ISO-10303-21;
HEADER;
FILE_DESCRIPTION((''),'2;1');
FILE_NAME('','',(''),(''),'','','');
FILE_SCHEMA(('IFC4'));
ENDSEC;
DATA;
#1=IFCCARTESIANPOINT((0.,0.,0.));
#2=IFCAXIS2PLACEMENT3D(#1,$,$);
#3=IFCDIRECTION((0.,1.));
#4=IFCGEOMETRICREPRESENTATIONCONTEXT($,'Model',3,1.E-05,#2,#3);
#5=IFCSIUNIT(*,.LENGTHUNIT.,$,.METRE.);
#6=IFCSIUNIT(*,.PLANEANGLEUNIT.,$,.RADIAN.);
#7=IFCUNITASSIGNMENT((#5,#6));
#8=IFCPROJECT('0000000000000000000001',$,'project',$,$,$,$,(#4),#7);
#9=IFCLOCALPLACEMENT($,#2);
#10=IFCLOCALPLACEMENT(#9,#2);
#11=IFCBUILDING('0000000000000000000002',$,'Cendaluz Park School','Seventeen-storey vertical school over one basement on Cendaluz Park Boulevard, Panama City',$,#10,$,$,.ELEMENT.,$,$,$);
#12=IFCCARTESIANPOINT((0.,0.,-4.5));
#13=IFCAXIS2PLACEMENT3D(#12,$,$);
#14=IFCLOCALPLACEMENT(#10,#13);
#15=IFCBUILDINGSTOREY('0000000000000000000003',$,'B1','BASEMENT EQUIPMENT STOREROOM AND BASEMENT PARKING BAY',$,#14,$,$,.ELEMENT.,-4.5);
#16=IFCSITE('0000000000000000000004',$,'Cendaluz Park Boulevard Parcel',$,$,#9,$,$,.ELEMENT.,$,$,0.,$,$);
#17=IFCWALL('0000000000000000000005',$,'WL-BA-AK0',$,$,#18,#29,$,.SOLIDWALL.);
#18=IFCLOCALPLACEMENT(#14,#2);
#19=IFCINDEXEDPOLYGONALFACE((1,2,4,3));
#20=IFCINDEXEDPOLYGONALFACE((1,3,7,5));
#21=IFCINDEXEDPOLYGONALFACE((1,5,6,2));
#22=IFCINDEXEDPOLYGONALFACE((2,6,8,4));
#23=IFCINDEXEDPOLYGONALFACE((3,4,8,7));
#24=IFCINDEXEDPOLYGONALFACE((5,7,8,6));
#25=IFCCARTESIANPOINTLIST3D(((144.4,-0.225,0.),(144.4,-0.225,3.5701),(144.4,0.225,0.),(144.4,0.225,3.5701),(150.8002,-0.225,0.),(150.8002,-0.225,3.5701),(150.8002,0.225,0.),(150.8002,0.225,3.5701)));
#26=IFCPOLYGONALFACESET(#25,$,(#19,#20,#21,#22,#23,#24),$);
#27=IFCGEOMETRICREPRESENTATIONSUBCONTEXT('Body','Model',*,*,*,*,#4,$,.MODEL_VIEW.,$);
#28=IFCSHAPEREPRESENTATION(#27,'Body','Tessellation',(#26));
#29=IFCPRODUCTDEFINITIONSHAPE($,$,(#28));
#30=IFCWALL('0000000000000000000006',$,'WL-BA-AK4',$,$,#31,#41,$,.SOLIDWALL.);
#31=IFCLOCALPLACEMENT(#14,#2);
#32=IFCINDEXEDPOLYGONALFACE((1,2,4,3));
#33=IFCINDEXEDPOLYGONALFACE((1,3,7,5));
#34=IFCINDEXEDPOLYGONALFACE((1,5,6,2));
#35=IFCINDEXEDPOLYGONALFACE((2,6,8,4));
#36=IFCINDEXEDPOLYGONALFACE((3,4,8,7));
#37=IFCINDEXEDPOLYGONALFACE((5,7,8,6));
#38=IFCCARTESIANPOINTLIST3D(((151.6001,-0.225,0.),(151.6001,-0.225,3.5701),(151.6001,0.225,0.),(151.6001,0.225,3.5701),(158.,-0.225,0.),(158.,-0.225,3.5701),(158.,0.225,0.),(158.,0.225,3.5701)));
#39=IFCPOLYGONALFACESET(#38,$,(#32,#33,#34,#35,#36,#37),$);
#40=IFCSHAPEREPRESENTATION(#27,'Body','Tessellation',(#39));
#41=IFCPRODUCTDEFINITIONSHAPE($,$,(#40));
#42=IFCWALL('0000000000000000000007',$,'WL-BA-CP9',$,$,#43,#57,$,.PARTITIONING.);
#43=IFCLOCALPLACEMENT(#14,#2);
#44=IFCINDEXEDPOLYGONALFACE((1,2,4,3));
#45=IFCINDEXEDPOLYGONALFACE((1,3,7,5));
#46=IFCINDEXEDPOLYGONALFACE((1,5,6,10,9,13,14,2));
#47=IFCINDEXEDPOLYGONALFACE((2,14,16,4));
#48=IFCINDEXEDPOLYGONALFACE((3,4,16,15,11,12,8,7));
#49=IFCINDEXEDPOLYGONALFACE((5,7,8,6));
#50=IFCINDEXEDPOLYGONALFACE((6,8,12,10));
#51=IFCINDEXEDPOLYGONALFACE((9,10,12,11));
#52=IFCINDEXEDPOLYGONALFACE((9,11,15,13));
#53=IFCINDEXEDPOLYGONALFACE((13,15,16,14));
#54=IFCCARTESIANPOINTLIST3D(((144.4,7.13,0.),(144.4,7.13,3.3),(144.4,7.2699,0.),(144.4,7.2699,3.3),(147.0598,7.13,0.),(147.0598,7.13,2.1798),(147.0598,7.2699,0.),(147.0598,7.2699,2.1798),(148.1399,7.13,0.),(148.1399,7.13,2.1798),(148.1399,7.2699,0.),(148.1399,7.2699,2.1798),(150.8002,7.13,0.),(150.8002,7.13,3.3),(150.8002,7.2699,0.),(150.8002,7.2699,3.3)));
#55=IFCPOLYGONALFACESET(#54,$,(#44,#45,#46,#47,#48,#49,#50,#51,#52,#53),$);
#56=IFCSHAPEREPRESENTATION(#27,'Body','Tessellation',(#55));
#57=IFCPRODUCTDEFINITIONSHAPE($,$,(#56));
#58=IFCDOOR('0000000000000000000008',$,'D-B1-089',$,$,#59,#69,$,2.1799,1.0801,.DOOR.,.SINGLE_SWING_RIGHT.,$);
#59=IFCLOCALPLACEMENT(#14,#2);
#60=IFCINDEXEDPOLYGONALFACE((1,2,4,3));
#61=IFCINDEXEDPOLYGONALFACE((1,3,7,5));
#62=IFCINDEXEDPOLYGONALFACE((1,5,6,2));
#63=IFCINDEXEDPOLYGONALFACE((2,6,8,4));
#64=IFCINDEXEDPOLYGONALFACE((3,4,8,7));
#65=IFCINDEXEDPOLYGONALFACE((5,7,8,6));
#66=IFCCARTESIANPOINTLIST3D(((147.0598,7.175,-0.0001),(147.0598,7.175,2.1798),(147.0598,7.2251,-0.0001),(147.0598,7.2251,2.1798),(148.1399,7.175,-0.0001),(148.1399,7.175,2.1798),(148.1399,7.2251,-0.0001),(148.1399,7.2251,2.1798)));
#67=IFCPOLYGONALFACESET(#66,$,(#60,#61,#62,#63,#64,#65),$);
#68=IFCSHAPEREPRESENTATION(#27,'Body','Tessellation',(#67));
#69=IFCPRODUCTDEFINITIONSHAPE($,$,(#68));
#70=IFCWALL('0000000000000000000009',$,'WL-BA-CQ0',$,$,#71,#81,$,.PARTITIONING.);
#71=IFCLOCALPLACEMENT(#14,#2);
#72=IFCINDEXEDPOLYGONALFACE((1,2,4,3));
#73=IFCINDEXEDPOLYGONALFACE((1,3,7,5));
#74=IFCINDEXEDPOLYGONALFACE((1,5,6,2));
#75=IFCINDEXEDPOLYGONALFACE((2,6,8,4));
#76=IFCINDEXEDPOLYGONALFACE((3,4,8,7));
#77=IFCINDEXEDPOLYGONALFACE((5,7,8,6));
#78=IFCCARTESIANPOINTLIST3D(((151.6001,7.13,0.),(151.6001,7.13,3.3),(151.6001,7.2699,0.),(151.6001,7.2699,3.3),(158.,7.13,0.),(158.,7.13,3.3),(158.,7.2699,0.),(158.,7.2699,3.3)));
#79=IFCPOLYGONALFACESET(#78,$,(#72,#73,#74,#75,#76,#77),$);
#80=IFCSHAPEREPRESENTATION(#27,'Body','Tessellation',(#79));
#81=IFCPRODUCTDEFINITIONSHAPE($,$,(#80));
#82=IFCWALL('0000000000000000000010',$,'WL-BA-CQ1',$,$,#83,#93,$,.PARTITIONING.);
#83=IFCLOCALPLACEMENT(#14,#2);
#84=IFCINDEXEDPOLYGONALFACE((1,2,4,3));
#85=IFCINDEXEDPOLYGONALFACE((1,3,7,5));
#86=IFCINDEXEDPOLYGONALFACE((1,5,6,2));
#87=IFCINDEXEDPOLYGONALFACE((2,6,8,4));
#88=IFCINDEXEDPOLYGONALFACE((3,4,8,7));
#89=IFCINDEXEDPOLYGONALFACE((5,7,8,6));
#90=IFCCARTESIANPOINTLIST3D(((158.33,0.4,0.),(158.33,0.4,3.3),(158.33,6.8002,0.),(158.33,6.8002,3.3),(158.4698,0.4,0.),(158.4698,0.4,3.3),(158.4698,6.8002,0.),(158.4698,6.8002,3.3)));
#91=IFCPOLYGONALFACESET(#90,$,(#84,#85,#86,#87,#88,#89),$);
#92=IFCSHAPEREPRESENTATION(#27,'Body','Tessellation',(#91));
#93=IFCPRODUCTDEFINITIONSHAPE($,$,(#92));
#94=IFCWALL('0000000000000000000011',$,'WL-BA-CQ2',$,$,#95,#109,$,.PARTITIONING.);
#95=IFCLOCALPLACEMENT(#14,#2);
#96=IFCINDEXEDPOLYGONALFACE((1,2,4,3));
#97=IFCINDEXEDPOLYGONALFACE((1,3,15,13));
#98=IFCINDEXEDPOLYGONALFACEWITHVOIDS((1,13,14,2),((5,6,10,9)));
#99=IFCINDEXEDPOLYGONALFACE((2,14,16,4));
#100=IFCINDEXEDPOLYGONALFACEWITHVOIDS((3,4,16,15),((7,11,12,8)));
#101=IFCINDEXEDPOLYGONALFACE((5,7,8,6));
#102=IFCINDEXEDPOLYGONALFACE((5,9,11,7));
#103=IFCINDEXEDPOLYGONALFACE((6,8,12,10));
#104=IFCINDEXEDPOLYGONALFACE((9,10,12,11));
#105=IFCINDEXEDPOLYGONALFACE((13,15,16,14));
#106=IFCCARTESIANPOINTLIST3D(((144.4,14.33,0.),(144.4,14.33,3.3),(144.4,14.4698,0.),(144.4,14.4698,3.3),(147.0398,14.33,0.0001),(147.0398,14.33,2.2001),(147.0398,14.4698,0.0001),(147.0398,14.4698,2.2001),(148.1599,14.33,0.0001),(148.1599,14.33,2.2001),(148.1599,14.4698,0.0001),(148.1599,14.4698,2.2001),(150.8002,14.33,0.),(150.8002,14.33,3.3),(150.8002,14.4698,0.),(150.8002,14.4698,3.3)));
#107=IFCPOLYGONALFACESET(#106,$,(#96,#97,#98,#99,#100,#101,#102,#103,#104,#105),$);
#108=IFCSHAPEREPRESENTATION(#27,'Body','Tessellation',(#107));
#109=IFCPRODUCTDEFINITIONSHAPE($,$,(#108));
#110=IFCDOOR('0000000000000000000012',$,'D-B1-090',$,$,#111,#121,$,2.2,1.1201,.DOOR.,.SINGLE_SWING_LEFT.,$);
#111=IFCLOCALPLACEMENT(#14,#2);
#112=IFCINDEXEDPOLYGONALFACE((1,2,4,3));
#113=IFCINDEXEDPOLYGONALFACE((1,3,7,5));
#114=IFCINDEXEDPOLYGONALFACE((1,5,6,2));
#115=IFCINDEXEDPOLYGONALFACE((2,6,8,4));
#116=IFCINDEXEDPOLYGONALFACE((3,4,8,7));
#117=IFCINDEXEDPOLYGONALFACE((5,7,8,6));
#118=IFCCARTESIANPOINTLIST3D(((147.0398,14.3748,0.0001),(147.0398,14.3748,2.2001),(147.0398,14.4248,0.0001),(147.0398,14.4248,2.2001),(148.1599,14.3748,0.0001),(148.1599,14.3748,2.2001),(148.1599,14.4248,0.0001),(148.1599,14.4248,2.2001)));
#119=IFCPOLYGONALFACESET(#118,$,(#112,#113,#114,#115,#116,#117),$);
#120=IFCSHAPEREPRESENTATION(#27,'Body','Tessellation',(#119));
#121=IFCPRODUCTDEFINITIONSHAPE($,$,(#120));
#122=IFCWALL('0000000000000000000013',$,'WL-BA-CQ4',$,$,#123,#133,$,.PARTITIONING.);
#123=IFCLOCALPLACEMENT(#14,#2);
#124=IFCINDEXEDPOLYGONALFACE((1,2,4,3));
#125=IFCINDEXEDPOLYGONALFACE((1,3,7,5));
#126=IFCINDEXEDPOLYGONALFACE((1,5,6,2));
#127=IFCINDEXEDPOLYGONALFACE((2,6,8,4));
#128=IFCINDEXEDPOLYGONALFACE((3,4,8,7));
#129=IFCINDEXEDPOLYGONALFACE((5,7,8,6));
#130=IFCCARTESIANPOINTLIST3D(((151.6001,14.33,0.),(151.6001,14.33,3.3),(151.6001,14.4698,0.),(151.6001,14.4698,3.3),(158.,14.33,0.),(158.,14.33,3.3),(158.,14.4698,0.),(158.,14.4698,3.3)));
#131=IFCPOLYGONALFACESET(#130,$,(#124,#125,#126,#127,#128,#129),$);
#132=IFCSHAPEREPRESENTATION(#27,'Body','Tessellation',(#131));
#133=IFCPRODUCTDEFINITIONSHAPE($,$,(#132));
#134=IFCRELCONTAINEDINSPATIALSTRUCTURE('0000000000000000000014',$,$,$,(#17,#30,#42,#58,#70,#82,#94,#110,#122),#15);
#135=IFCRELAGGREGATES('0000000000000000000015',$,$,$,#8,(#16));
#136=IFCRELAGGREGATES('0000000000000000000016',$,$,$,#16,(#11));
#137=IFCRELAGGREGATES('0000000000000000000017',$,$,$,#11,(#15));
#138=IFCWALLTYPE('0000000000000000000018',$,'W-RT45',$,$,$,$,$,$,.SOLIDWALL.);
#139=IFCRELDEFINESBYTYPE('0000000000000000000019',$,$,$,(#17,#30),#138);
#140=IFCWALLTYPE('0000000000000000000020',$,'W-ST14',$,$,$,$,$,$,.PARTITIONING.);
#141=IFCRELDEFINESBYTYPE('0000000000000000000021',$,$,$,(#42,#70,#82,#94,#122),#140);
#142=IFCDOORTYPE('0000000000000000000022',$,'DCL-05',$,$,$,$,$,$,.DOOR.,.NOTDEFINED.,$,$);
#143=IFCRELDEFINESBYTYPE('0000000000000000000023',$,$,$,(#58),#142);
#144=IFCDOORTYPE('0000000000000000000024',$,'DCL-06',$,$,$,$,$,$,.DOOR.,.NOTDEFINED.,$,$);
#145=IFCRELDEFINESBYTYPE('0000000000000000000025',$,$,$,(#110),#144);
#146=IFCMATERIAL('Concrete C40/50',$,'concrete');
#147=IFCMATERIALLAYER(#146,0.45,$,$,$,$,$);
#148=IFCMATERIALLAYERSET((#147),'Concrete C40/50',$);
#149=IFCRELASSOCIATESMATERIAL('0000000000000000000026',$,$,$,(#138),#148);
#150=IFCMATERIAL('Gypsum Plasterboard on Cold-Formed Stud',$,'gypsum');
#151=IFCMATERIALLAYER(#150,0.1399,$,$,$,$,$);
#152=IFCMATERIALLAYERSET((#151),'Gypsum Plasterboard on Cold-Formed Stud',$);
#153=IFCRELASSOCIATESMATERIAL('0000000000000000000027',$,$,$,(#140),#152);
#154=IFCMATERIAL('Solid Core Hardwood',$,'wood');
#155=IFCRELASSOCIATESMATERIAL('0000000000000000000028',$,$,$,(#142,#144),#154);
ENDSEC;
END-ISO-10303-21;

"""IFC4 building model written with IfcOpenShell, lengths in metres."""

from ifc_helpers import new_model, si_unit, direction, frame, frame_2d, origin, place, context, subcontext, project, spatial, rectangle, extrude, material, layer, layer_set, type_object, element, fill, save


model = new_model("IFC4")

# Units and contexts
model_context = context("Model", 3, precision=1e-05, world=origin(), true_north=direction((0.0, 1.0)))
body_context = subcontext(model_context, "Body", "Model", "MODEL_VIEW")
ifc_project = project(units=[si_unit("LENGTHUNIT", "METRE"), si_unit("PLANEANGLEUNIT", "RADIAN")], contexts=[model_context])

# Site, building, storey
site_placement = place(None, origin())
site = spatial("IfcSite", under=ifc_project, at=site_placement, Name="Cendaluz Park Boulevard Parcel", CompositionType="ELEMENT", RefElevation=0.0)
building_placement = place(site_placement, origin())
building = spatial("IfcBuilding", under=site, at=building_placement, Name="Cendaluz Park School", Description="Seventeen-storey vertical school over one basement on Cendaluz Park Boulevard, Panama City", CompositionType="ELEMENT")
storey_placement = place(building_placement, frame((0.0, 0.0, -4.5)))
storey = spatial("IfcBuildingStorey", under=building, at=storey_placement, Name="B1", Description="BASEMENT EQUIPMENT STOREROOM AND BASEMENT PARKING BAY", CompositionType="ELEMENT", Elevation=-4.5)

# Shared definitions
ifc_material_1 = material(Name="Concrete C40/50", Category="concrete")

# Walls
ifc_layer_1 = layer(ifc_material_1, 0.45)
ifc_layer_set_1 = layer_set([ifc_layer_1], Name="Concrete C40/50")
wall_type_1 = type_object("IfcWallType", Name="W-RT45", PredefinedType="SOLIDWALL", material=ifc_layer_set_1)
wall_1_placement = place(storey_placement, frame((144.3999, 0.0, 0.0), z_axis=(0.0, 0.0, 1.0), x_axis=(1.0, 0.0, 0.0)))
element("IfcWall", 1, at=wall_1_placement, inside=storey, type_object=wall_type_1, Name="WL-BA-AK0", PredefinedType="SOLIDWALL", context=body_context, shape_type="SweptSolid", body=[
    extrude(rectangle(XDim=6.4001, YDim=0.45, at=frame_2d((3.2002, 0.0))), origin(), (0.0, 0.0, 1.0), 3.5701),
])
wall_2_placement = place(storey_placement, frame((151.6001, 0.0, 0.0), z_axis=(0.0, 0.0, 1.0), x_axis=(1.0, 0.0, 0.0)))
element("IfcWall", 2, at=wall_2_placement, inside=storey, type_object=wall_type_1, Name="WL-BA-AK4", PredefinedType="SOLIDWALL", context=body_context, shape_type="SweptSolid", body=[
    extrude(rectangle(XDim=6.3999, YDim=0.45, at=frame_2d((3.2, 0.0))), origin(), (0.0, 0.0, 1.0), 3.5701),
])

# Wall, opening, door
ifc_material_2 = material(Name="Gypsum Plasterboard on Cold-Formed Stud", Category="gypsum")
ifc_layer_2 = layer(ifc_material_2, 0.1399)
ifc_layer_set_2 = layer_set([ifc_layer_2], Name="Gypsum Plasterboard on Cold-Formed Stud")
wall_type_2 = type_object("IfcWallType", Name="W-ST14", PredefinedType="PARTITIONING", material=ifc_layer_set_2)
wall_3_placement = place(storey_placement, frame((144.3999, 7.2, 0.0), z_axis=(0.0, 0.0, 1.0), x_axis=(1.0, 0.0, 0.0)))
wall_3 = element("IfcWall", 3, at=wall_3_placement, inside=storey, type_object=wall_type_2, Name="WL-BA-CP9", PredefinedType="PARTITIONING", context=body_context, shape_type="SweptSolid", body=[
    extrude(rectangle(XDim=6.4001, YDim=0.1399, at=frame_2d((3.2002, 0.0))), origin(), (0.0, 0.0, 1.0), 3.3),
])
opening_1_placement = place(wall_3_placement, frame((2.6599, 0.0, 0.0)))
opening_1 = element("IfcOpeningElement", 4, at=opening_1_placement, cuts=wall_3, PredefinedType="OPENING", context=body_context, shape_type="SweptSolid", body=[
    extrude(rectangle(XDim=1.0801, YDim=2.1799, at=frame_2d((0.54, 1.0898))), frame((0.0, 0.082, 0.0), z_axis=(0.0, -1.0, 0.0), x_axis=(1.0, 0.0, 0.0)), (0.0, 0.0, 1.0), 0.1638),
])
ifc_material_3 = material(Name="Solid Core Hardwood", Category="wood")
door_type_1 = type_object("IfcDoorType", Name="DCL-05", OperationType="NOTDEFINED", PredefinedType="DOOR", material=ifc_material_3)
door_1_placement = place(opening_1_placement, frame((1.0801, 0.0, 0.0), z_axis=(0.0, 0.0, 1.0), x_axis=(-1.0, 0.0, 0.0)))
door_1 = element("IfcDoor", 5, at=door_1_placement, inside=storey, type_object=door_type_1, Name="D-B1-089", OperationType="SINGLE_SWING_RIGHT", OverallHeight=2.1799, OverallWidth=1.0801, PredefinedType="DOOR", context=body_context, shape_type="SweptSolid", body=[
    extrude(rectangle(XDim=1.0801, YDim=2.1799, at=frame_2d((0.54, 1.0898))), frame((0.0, 0.0249, 0.0), z_axis=(0.0, -1.0, 0.0), x_axis=(1.0, 0.0, 0.0)), (0.0, 0.0, 1.0), 0.05),
])
fill(opening_1, door_1)

# Walls
wall_4_placement = place(storey_placement, frame((151.6001, 7.2, 0.0), z_axis=(0.0, 0.0, 1.0), x_axis=(1.0, 0.0, 0.0)))
element("IfcWall", 6, at=wall_4_placement, inside=storey, type_object=wall_type_2, Name="WL-BA-CQ0", PredefinedType="PARTITIONING", context=body_context, shape_type="SweptSolid", body=[
    extrude(rectangle(XDim=6.3999, YDim=0.1399, at=frame_2d((3.2, 0.0))), origin(), (0.0, 0.0, 1.0), 3.3),
])
wall_5_placement = place(storey_placement, frame((158.3999, 0.3999, 0.0), z_axis=(0.0, 0.0, 1.0), x_axis=(0.0, 1.0, 0.0)))
element("IfcWall", 7, at=wall_5_placement, inside=storey, type_object=wall_type_2, Name="WL-BA-CQ1", PredefinedType="PARTITIONING", context=body_context, shape_type="SweptSolid", body=[
    extrude(rectangle(XDim=6.4001, YDim=0.1399, at=frame_2d((3.2002, 0.0))), origin(), (0.0, 0.0, 1.0), 3.3),
])

# Wall, opening, door
wall_6_placement = place(storey_placement, frame((144.3999, 14.3999, 0.0), z_axis=(0.0, 0.0, 1.0), x_axis=(1.0, 0.0, 0.0)))
wall_6 = element("IfcWall", 8, at=wall_6_placement, inside=storey, type_object=wall_type_2, Name="WL-BA-CQ2", PredefinedType="PARTITIONING", context=body_context, shape_type="SweptSolid", body=[
    extrude(rectangle(XDim=6.4001, YDim=0.1399, at=frame_2d((3.2002, 0.0))), origin(), (0.0, 0.0, 1.0), 3.3),
])
opening_2_placement = place(wall_6_placement, frame((2.6399, 0.0, 0.0)))
opening_2 = element("IfcOpeningElement", 9, at=opening_2_placement, cuts=wall_6, PredefinedType="OPENING", context=body_context, shape_type="SweptSolid", body=[
    extrude(rectangle(XDim=1.1201, YDim=2.2, at=frame_2d((0.5601, 1.1001))), frame((0.0, 0.082, 0.0), z_axis=(0.0, -1.0, 0.0), x_axis=(1.0, 0.0, 0.0)), (0.0, 0.0, 1.0), 0.1638),
])
door_type_2 = type_object("IfcDoorType", Name="DCL-06", OperationType="NOTDEFINED", PredefinedType="DOOR", material=ifc_material_3)
door_2_placement = place(opening_2_placement, origin())
door_2 = element("IfcDoor", 10, at=door_2_placement, inside=storey, type_object=door_type_2, Name="D-B1-090", OperationType="SINGLE_SWING_LEFT", OverallHeight=2.2, OverallWidth=1.1201, PredefinedType="DOOR", context=body_context, shape_type="SweptSolid", body=[
    extrude(rectangle(XDim=1.1201, YDim=2.2, at=frame_2d((0.5601, 1.1001))), frame((0.0, 0.0249, 0.0), z_axis=(0.0, -1.0, 0.0), x_axis=(1.0, 0.0, 0.0)), (0.0, 0.0, 1.0), 0.05),
])
fill(opening_2, door_2)

# Wall
wall_7_placement = place(storey_placement, frame((151.6001, 14.3999, 0.0), z_axis=(0.0, 0.0, 1.0), x_axis=(1.0, 0.0, 0.0)))
element("IfcWall", 11, at=wall_7_placement, inside=storey, type_object=wall_type_2, Name="WL-BA-CQ4", PredefinedType="PARTITIONING", context=body_context, shape_type="SweptSolid", body=[
    extrude(rectangle(XDim=6.3999, YDim=0.1399, at=frame_2d((3.2, 0.0))), origin(), (0.0, 0.0, 1.0), 3.3),
])

save(model, "model.ifc")
